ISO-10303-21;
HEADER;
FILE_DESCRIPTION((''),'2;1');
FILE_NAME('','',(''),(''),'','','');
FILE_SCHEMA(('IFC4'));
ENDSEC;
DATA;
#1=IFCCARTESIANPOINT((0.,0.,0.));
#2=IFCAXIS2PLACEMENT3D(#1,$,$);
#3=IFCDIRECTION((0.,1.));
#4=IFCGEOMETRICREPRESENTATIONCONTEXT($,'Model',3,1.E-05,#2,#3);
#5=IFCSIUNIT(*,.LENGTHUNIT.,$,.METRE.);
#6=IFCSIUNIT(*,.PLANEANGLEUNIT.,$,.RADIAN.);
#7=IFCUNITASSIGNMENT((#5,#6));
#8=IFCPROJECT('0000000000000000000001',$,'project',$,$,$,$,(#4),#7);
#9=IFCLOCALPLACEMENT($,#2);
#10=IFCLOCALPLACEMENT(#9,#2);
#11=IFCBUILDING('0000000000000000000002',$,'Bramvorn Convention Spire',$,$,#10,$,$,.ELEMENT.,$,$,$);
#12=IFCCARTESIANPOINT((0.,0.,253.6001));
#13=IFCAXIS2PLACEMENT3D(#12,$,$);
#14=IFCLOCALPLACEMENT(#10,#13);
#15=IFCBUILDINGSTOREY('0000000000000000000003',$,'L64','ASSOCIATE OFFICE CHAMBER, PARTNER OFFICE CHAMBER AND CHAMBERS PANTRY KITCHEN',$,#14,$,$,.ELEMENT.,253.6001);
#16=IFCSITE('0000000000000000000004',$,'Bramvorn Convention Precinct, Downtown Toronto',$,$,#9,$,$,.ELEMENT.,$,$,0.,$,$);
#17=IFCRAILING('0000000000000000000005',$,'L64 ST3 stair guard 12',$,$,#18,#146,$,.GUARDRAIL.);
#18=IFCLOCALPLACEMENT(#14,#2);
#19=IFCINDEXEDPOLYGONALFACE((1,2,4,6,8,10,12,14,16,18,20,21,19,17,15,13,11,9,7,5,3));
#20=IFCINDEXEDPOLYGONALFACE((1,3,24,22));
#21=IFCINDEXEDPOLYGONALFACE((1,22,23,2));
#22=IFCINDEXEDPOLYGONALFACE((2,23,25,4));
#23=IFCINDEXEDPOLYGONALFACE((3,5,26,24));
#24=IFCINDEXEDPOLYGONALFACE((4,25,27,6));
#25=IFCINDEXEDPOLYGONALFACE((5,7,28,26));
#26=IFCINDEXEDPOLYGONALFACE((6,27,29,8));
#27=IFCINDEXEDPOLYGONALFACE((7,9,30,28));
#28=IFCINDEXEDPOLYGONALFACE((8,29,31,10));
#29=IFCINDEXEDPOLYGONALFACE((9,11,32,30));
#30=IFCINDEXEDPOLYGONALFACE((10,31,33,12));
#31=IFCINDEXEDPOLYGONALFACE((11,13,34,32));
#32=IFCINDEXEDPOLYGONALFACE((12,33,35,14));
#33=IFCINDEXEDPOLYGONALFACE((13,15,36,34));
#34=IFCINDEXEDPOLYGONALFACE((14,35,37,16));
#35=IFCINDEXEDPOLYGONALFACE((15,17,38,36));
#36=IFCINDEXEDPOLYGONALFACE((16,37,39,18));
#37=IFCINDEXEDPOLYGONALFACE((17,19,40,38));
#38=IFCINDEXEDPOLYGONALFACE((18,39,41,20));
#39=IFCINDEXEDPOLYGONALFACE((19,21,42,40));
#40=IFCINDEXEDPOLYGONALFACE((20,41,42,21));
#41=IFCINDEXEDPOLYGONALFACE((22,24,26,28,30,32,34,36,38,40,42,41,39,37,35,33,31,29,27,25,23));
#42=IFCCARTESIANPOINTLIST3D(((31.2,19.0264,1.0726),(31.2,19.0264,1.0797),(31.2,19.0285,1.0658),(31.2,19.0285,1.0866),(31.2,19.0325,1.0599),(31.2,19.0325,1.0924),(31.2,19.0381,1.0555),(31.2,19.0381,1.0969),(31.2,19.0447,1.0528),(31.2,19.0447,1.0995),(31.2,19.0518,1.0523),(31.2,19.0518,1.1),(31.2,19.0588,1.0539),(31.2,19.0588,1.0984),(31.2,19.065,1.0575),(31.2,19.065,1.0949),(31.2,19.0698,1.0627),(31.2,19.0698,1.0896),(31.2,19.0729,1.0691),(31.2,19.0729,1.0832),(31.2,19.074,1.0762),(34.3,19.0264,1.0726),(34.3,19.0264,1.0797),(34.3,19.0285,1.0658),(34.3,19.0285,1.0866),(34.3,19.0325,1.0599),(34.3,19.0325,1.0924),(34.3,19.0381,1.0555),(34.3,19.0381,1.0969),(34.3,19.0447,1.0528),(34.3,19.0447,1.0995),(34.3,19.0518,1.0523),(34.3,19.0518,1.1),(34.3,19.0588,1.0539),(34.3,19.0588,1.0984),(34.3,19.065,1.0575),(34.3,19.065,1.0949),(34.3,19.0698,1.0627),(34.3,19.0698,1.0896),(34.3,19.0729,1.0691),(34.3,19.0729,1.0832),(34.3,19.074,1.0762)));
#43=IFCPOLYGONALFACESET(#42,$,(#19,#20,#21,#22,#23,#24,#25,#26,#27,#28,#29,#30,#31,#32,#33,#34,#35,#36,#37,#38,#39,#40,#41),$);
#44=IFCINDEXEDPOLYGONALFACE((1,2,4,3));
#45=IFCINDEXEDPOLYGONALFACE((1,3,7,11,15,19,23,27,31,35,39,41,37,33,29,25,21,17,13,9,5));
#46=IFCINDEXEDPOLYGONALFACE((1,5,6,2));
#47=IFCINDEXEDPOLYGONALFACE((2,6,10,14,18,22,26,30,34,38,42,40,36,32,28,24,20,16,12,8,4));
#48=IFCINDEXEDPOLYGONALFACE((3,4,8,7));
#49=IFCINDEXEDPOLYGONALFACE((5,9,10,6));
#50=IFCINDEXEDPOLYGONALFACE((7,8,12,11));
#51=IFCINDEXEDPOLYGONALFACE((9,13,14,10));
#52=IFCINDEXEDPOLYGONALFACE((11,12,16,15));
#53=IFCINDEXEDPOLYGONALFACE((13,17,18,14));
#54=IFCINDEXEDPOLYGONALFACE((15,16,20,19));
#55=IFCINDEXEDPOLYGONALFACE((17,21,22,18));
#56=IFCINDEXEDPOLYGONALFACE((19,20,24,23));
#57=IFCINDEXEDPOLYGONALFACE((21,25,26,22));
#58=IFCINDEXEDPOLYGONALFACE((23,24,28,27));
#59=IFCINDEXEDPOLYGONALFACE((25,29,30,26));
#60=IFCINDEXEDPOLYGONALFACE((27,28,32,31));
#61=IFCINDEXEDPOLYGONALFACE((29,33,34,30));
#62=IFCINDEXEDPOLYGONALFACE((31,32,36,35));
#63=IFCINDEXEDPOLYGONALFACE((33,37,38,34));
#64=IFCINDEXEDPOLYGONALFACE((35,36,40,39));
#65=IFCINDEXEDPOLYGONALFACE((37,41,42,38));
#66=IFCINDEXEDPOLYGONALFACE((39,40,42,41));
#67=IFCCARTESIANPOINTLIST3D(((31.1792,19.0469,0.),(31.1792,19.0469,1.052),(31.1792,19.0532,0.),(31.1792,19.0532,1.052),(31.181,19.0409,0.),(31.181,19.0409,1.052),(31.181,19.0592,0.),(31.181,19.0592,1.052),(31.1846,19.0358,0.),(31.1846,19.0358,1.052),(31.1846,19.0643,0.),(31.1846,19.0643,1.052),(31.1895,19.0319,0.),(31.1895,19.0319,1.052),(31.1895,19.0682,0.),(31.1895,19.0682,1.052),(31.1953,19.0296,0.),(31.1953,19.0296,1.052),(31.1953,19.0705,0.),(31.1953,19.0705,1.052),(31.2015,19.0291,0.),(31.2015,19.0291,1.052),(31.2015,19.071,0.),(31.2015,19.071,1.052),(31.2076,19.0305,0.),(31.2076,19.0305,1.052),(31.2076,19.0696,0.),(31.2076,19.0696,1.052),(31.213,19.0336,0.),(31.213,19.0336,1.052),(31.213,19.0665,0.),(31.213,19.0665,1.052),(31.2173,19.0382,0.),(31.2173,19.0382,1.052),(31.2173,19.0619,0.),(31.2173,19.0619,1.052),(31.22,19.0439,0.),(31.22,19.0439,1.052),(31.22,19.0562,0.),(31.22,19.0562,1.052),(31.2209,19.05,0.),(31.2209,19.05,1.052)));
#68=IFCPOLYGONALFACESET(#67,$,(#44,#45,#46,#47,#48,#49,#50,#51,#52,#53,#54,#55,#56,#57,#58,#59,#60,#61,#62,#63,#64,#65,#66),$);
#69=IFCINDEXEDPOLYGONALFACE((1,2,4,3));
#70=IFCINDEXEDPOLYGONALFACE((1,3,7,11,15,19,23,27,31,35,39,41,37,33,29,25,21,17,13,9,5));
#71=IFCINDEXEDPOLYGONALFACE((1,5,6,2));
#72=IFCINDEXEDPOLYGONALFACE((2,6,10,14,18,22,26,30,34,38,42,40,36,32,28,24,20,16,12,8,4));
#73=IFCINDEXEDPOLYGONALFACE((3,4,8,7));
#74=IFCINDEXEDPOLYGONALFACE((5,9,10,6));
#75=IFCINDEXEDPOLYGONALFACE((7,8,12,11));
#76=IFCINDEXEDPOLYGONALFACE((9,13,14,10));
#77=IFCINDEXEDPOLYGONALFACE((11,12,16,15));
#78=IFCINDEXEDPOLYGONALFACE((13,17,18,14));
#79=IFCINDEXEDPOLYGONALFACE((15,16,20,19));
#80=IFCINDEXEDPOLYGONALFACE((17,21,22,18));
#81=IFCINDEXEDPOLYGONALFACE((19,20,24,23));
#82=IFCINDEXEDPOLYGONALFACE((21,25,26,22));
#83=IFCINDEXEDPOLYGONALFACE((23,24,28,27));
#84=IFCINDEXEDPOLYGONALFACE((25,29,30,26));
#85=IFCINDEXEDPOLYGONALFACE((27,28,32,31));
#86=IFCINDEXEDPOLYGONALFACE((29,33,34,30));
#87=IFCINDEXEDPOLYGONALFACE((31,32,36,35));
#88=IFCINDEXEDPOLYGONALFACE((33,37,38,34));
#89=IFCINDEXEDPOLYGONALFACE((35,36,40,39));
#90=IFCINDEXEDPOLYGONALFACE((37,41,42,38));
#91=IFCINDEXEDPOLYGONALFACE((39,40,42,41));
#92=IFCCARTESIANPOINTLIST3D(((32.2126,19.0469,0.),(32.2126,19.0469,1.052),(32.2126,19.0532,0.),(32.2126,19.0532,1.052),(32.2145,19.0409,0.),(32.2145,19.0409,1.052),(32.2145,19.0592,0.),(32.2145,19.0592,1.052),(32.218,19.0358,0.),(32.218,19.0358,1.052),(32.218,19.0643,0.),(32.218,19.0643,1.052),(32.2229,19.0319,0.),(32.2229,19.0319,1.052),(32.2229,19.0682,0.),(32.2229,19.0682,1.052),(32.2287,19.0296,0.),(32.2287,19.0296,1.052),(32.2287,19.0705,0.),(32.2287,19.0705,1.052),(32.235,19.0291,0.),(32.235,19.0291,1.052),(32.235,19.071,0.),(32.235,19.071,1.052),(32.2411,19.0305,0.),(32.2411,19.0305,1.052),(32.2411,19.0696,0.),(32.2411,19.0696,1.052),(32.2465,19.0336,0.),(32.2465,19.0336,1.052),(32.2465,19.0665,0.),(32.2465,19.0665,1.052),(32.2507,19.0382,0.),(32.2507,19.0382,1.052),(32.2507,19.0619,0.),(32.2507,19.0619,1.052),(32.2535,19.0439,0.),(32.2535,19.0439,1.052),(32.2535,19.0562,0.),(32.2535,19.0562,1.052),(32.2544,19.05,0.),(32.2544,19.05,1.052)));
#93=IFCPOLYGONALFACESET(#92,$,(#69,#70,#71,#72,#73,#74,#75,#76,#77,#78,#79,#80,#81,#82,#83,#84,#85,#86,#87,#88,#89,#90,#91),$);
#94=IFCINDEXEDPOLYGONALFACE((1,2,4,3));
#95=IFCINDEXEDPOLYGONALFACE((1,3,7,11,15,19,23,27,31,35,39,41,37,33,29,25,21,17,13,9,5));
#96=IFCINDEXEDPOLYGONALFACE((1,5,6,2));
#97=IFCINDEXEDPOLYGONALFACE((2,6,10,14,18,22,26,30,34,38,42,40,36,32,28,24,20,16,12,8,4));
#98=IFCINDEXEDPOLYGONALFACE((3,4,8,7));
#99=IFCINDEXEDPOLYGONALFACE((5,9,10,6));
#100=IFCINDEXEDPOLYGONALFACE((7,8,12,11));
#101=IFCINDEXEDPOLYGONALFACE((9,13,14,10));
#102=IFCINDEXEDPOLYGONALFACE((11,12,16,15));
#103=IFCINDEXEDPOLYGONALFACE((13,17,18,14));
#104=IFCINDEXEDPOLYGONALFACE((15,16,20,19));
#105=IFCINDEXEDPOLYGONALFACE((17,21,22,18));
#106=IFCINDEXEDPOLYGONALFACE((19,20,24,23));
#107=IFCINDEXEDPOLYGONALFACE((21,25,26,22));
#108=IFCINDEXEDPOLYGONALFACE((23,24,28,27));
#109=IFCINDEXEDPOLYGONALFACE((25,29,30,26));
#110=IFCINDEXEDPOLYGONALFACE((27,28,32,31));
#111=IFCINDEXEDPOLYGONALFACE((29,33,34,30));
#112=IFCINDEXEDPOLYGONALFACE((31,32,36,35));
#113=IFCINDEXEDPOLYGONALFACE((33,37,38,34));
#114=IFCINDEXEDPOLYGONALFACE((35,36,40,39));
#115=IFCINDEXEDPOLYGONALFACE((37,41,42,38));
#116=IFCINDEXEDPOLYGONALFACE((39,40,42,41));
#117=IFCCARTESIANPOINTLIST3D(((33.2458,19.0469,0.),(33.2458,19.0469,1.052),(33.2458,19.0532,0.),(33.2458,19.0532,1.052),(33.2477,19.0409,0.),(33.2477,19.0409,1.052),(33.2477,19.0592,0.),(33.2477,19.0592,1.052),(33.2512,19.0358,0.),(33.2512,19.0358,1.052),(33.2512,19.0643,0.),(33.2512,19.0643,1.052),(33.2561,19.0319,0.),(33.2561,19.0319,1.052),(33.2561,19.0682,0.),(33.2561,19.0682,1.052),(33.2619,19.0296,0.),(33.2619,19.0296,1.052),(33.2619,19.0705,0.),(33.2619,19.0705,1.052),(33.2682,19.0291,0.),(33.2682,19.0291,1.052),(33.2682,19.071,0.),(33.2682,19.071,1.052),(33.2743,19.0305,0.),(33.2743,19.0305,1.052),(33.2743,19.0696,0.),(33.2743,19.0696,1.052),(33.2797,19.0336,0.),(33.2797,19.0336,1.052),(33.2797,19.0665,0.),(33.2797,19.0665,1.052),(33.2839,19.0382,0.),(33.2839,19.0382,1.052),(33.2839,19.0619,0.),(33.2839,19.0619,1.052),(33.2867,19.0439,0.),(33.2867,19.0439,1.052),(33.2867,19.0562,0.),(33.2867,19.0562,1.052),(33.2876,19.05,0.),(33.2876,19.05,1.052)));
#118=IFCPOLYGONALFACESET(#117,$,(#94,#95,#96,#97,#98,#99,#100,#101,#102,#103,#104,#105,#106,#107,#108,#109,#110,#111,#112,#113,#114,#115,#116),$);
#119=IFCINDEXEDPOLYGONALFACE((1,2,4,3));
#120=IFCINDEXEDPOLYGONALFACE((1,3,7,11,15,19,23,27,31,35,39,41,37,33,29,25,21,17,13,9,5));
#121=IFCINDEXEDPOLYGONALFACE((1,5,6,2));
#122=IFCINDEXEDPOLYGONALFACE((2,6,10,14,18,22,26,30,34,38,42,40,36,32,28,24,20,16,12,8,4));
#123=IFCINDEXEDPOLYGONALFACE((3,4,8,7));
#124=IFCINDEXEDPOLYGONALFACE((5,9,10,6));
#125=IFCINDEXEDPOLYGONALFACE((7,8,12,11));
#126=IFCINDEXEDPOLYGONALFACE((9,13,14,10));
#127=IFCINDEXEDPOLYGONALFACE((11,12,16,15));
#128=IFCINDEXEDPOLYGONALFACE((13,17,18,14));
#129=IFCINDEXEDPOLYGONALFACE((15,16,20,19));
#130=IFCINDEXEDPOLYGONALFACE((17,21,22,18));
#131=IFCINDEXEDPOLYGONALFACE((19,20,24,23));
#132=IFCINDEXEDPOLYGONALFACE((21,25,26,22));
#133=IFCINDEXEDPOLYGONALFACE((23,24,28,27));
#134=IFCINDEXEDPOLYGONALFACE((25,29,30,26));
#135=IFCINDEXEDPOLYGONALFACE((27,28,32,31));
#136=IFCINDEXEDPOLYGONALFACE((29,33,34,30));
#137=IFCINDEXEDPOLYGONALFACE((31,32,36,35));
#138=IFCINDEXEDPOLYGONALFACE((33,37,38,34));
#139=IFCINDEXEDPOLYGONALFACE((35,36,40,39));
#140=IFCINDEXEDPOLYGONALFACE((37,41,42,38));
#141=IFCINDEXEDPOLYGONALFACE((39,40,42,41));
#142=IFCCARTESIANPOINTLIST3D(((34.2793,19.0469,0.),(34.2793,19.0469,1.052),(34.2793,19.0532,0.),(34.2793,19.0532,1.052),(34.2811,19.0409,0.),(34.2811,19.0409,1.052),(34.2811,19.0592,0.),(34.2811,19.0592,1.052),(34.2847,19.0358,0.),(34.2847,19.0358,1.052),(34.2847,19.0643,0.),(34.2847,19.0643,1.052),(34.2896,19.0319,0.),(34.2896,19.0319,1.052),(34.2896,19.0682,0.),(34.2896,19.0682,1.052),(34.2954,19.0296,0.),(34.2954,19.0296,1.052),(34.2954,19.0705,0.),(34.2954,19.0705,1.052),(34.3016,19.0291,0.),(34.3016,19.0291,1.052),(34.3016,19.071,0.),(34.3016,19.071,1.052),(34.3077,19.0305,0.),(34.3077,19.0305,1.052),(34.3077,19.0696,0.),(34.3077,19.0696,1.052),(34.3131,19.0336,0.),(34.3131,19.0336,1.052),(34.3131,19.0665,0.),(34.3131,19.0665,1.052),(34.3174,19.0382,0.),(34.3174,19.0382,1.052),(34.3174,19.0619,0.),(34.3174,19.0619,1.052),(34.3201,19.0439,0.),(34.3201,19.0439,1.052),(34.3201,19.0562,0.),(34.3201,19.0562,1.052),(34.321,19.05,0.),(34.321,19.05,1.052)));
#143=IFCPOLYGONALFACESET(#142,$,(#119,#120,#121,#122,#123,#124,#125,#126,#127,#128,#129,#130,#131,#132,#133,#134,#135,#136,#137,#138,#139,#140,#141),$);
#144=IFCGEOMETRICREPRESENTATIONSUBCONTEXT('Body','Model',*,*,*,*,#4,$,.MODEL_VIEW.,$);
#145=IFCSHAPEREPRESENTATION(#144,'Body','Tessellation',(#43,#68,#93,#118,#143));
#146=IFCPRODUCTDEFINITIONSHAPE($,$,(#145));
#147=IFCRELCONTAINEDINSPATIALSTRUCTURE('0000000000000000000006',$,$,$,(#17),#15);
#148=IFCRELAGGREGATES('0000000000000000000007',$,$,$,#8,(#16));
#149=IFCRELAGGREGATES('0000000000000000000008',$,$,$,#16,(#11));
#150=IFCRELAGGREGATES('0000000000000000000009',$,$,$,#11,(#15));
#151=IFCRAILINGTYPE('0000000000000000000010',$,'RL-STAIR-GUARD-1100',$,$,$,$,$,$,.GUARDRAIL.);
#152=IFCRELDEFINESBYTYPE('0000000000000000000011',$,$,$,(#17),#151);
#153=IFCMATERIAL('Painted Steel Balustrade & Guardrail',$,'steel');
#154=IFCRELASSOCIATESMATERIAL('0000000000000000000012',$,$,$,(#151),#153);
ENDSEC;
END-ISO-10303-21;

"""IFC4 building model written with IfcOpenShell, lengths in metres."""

from ifc_helpers import new_model, si_unit, direction, frame, origin, origin_2d, place, context, subcontext, project, spatial, circle, extrude, material, type_object, element, save


model = new_model("IFC4")

# Units and contexts
model_context = context("Model", 3, precision=1e-05, world=origin(), true_north=direction((0.0, 1.0)))
body_context = subcontext(model_context, "Body", "Model", "MODEL_VIEW")
ifc_project = project(units=[si_unit("LENGTHUNIT", "METRE"), si_unit("PLANEANGLEUNIT", "RADIAN")], contexts=[model_context])

# Site, building, storey
site_placement = place(None, origin())
site = spatial("IfcSite", under=ifc_project, at=site_placement, Name="Bramvorn Convention Precinct, Downtown Toronto", CompositionType="ELEMENT", RefElevation=0.0)
building_placement = place(site_placement, origin())
building = spatial("IfcBuilding", under=site, at=building_placement, Name="Bramvorn Convention Spire", CompositionType="ELEMENT")
storey_placement = place(building_placement, frame((0.0, 0.0, 253.6001)))
storey = spatial("IfcBuildingStorey", under=building, at=storey_placement, Name="L64", Description="ASSOCIATE OFFICE CHAMBER, PARTNER OFFICE CHAMBER AND CHAMBERS PANTRY KITCHEN", CompositionType="ELEMENT", Elevation=253.6001)

# Railing
ifc_material_1 = material(Name="Painted Steel Balustrade & Guardrail", Category="steel")
railing_type_1 = type_object("IfcRailingType", Name="RL-STAIR-GUARD-1100", PredefinedType="GUARDRAIL", material=ifc_material_1)
railing_1_placement = place(storey_placement, frame((31.2, 19.05, 0.0)))
element("IfcRailing", 1, at=railing_1_placement, inside=storey, type_object=railing_type_1, Name="L64 ST3 stair guard 12", PredefinedType="GUARDRAIL", context=body_context, shape_type="SweptSolid", body=[
    extrude(circle(Radius=0.0239, at=origin_2d()), frame((0.0, 0.0, 1.0762), z_axis=(1.0, 0.0, 0.0), x_axis=(0.0, 1.0, 0.0)), (0.0, 0.0, 1.0), 3.1001),
    extrude(circle(Radius=0.021, at=origin_2d()), origin(), (0.0, 0.0, 1.0), 1.052),
    extrude(circle(Radius=0.021, at=origin_2d()), frame((1.0334, 0.0, 0.0)), (0.0, 0.0, 1.0), 1.052),
    extrude(circle(Radius=0.021, at=origin_2d()), frame((2.0667, 0.0, 0.0)), (0.0, 0.0, 1.0), 1.052),
    extrude(circle(Radius=0.021, at=origin_2d()), frame((3.1001, 0.0, 0.0)), (0.0, 0.0, 1.0), 1.052),
])

save(model, "model.ifc")
